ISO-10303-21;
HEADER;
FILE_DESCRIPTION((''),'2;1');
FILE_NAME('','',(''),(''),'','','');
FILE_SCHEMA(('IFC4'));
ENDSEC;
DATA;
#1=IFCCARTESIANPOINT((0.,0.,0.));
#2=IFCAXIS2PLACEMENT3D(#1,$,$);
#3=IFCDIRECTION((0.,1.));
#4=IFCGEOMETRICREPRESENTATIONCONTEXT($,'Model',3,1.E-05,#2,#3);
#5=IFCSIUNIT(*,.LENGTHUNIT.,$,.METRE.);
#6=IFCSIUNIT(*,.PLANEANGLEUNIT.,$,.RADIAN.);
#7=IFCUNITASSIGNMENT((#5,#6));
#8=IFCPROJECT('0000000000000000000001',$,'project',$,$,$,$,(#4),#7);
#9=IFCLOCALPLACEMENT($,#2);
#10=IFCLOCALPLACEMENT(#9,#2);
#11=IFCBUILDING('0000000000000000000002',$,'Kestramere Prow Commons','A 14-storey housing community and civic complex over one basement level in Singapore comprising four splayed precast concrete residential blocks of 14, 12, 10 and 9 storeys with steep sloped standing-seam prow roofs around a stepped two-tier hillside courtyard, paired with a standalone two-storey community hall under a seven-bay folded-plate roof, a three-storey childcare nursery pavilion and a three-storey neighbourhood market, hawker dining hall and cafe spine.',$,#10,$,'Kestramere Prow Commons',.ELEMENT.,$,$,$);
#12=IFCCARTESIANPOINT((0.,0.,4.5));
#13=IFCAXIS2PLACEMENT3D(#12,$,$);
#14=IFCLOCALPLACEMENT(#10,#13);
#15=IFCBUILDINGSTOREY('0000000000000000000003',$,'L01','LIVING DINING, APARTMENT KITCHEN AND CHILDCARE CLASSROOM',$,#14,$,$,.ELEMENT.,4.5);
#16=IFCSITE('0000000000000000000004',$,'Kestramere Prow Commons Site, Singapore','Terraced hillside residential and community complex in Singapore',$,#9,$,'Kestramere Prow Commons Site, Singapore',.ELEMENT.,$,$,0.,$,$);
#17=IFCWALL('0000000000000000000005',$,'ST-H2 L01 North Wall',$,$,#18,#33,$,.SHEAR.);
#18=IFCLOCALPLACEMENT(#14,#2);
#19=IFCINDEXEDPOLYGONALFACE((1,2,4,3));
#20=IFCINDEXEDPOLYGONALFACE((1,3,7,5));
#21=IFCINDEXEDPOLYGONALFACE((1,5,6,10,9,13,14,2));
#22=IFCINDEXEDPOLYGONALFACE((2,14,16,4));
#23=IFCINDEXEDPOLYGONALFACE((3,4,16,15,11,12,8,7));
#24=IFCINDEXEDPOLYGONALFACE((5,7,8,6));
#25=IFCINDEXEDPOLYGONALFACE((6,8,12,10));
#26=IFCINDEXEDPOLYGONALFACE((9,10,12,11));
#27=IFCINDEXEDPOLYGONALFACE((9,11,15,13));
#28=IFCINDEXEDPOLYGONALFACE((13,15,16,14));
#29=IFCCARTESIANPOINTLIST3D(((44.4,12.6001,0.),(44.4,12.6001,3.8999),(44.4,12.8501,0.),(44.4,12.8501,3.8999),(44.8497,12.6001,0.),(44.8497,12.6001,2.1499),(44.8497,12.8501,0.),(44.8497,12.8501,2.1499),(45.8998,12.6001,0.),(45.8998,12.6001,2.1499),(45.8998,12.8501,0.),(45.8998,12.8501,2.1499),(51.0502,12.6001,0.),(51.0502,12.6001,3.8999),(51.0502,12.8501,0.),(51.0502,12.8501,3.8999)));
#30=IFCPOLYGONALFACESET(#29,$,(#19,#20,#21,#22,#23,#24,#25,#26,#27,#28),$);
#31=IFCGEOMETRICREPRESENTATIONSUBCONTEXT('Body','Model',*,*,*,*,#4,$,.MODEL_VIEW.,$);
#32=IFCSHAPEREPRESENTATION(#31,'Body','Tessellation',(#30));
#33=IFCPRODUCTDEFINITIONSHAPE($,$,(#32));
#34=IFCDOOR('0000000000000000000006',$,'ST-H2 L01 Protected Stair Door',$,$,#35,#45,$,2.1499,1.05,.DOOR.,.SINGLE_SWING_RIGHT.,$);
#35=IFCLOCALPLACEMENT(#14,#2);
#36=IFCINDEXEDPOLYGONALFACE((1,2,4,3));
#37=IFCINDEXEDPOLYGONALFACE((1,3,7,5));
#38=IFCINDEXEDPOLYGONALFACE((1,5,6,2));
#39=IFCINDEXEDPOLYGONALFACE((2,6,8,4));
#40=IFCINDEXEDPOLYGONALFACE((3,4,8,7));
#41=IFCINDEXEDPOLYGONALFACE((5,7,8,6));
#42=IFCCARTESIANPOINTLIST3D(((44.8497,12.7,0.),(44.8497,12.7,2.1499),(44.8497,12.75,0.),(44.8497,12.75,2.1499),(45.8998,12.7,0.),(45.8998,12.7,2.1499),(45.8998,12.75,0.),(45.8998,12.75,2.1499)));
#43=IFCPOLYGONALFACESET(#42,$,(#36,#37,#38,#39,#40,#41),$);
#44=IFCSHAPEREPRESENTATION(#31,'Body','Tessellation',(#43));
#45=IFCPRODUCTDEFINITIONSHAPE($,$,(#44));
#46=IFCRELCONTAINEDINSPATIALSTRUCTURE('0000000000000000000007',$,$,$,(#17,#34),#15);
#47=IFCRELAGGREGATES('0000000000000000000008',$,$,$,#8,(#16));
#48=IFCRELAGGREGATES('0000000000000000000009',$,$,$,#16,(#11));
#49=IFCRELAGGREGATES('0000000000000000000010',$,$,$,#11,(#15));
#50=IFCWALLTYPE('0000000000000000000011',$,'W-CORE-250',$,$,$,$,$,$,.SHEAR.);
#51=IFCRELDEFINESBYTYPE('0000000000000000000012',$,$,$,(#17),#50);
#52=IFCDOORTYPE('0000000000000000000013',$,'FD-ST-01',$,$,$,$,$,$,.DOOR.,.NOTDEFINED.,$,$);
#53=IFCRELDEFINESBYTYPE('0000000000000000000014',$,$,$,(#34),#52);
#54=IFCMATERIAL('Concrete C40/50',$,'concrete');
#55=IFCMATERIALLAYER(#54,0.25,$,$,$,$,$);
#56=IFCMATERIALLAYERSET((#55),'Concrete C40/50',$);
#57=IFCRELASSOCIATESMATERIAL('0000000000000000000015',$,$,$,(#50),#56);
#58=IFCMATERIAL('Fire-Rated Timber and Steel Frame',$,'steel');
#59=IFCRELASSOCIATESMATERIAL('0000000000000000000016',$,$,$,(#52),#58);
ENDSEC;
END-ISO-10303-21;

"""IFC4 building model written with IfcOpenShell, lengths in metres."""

from ifc_helpers import new_model, si_unit, direction, frame, frame_2d, origin, place, context, subcontext, project, spatial, rectangle, extrude, material, layer, layer_set, type_object, element, fill, save


model = new_model("IFC4")

# Units and contexts
model_context = context("Model", 3, precision=1e-05, world=origin(), true_north=direction((0.0, 1.0)))
body_context = subcontext(model_context, "Body", "Model", "MODEL_VIEW")
ifc_project = project(units=[si_unit("LENGTHUNIT", "METRE"), si_unit("PLANEANGLEUNIT", "RADIAN")], contexts=[model_context])

# Site, building, storey
site_placement = place(None, origin())
site = spatial("IfcSite", under=ifc_project, at=site_placement, Name="Kestramere Prow Commons Site, Singapore", Description="Terraced hillside residential and community complex in Singapore", LongName="Kestramere Prow Commons Site, Singapore", CompositionType="ELEMENT", RefElevation=0.0)
building_placement = place(site_placement, origin())
building = spatial("IfcBuilding", under=site, at=building_placement, Name="Kestramere Prow Commons", Description="A 14-storey housing community and civic complex over one basement level in Singapore comprising four splayed precast concrete residential blocks of 14, 12, 10 and 9 storeys with steep sloped standing-seam prow roofs around a stepped two-tier hillside courtyard, paired with a standalone two-storey community hall under a seven-bay folded-plate roof, a three-storey childcare nursery pavilion and a three-storey neighbourhood market, hawker dining hall and cafe spine.", LongName="Kestramere Prow Commons", CompositionType="ELEMENT")
storey_placement = place(building_placement, frame((0.0, 0.0, 4.5)))
storey = spatial("IfcBuildingStorey", under=building, at=storey_placement, Name="L01", Description="LIVING DINING, APARTMENT KITCHEN AND CHILDCARE CLASSROOM", CompositionType="ELEMENT", Elevation=4.5)

# Wall, opening, door
ifc_material_1 = material(Name="Concrete C40/50", Category="concrete")
ifc_layer_1 = layer(ifc_material_1, 0.25)
ifc_layer_set_1 = layer_set([ifc_layer_1], Name="Concrete C40/50")
wall_type_1 = type_object("IfcWallType", Name="W-CORE-250", PredefinedType="SHEAR", material=ifc_layer_set_1)
wall_1_placement = place(storey_placement, frame((44.3999, 12.7251, 0.0), z_axis=(0.0, 0.0, 1.0), x_axis=(1.0, 0.0, 0.0)))
wall_1 = element("IfcWall", 1, at=wall_1_placement, inside=storey, type_object=wall_type_1, Name="ST-H2 L01 North Wall", PredefinedType="SHEAR", context=body_context, shape_type="SweptSolid", body=[
    extrude(rectangle(XDim=6.6501, YDim=0.25, at=frame_2d((3.3252, 0.0))), origin(), (0.0, 0.0, 1.0), 3.8999),
])
opening_1_placement = place(wall_1_placement, frame((0.45, 0.0, 0.0)))
opening_1 = element("IfcOpeningElement", 2, at=opening_1_placement, cuts=wall_1, PredefinedType="OPENING", context=body_context, shape_type="SweptSolid", body=[
    extrude(rectangle(XDim=1.05, YDim=2.1499, at=frame_2d((0.5249, 1.075))), frame((0.0, 0.1399, 0.0), z_axis=(0.0, -1.0, 0.0), x_axis=(1.0, 0.0, 0.0)), (0.0, 0.0, 1.0), 0.28),
])
ifc_material_2 = material(Name="Fire-Rated Timber and Steel Frame", Category="steel")
door_type = type_object("IfcDoorType", Name="FD-ST-01", OperationType="NOTDEFINED", PredefinedType="DOOR", material=ifc_material_2)
door_placement = place(opening_1_placement, origin())
door = element("IfcDoor", 3, at=door_placement, inside=storey, type_object=door_type, Name="ST-H2 L01 Protected Stair Door", OperationType="SINGLE_SWING_RIGHT", OverallHeight=2.1499, OverallWidth=1.05, PredefinedType="DOOR", context=body_context, shape_type="SweptSolid", body=[
    extrude(rectangle(XDim=1.05, YDim=2.1499, at=frame_2d((0.5249, 1.075))), frame((0.0, 0.0249, 0.0), z_axis=(0.0, -1.0, 0.0), x_axis=(1.0, 0.0, 0.0)), (0.0, 0.0, 1.0), 0.05),
])
fill(opening_1, door)

save(model, "model.ifc")
